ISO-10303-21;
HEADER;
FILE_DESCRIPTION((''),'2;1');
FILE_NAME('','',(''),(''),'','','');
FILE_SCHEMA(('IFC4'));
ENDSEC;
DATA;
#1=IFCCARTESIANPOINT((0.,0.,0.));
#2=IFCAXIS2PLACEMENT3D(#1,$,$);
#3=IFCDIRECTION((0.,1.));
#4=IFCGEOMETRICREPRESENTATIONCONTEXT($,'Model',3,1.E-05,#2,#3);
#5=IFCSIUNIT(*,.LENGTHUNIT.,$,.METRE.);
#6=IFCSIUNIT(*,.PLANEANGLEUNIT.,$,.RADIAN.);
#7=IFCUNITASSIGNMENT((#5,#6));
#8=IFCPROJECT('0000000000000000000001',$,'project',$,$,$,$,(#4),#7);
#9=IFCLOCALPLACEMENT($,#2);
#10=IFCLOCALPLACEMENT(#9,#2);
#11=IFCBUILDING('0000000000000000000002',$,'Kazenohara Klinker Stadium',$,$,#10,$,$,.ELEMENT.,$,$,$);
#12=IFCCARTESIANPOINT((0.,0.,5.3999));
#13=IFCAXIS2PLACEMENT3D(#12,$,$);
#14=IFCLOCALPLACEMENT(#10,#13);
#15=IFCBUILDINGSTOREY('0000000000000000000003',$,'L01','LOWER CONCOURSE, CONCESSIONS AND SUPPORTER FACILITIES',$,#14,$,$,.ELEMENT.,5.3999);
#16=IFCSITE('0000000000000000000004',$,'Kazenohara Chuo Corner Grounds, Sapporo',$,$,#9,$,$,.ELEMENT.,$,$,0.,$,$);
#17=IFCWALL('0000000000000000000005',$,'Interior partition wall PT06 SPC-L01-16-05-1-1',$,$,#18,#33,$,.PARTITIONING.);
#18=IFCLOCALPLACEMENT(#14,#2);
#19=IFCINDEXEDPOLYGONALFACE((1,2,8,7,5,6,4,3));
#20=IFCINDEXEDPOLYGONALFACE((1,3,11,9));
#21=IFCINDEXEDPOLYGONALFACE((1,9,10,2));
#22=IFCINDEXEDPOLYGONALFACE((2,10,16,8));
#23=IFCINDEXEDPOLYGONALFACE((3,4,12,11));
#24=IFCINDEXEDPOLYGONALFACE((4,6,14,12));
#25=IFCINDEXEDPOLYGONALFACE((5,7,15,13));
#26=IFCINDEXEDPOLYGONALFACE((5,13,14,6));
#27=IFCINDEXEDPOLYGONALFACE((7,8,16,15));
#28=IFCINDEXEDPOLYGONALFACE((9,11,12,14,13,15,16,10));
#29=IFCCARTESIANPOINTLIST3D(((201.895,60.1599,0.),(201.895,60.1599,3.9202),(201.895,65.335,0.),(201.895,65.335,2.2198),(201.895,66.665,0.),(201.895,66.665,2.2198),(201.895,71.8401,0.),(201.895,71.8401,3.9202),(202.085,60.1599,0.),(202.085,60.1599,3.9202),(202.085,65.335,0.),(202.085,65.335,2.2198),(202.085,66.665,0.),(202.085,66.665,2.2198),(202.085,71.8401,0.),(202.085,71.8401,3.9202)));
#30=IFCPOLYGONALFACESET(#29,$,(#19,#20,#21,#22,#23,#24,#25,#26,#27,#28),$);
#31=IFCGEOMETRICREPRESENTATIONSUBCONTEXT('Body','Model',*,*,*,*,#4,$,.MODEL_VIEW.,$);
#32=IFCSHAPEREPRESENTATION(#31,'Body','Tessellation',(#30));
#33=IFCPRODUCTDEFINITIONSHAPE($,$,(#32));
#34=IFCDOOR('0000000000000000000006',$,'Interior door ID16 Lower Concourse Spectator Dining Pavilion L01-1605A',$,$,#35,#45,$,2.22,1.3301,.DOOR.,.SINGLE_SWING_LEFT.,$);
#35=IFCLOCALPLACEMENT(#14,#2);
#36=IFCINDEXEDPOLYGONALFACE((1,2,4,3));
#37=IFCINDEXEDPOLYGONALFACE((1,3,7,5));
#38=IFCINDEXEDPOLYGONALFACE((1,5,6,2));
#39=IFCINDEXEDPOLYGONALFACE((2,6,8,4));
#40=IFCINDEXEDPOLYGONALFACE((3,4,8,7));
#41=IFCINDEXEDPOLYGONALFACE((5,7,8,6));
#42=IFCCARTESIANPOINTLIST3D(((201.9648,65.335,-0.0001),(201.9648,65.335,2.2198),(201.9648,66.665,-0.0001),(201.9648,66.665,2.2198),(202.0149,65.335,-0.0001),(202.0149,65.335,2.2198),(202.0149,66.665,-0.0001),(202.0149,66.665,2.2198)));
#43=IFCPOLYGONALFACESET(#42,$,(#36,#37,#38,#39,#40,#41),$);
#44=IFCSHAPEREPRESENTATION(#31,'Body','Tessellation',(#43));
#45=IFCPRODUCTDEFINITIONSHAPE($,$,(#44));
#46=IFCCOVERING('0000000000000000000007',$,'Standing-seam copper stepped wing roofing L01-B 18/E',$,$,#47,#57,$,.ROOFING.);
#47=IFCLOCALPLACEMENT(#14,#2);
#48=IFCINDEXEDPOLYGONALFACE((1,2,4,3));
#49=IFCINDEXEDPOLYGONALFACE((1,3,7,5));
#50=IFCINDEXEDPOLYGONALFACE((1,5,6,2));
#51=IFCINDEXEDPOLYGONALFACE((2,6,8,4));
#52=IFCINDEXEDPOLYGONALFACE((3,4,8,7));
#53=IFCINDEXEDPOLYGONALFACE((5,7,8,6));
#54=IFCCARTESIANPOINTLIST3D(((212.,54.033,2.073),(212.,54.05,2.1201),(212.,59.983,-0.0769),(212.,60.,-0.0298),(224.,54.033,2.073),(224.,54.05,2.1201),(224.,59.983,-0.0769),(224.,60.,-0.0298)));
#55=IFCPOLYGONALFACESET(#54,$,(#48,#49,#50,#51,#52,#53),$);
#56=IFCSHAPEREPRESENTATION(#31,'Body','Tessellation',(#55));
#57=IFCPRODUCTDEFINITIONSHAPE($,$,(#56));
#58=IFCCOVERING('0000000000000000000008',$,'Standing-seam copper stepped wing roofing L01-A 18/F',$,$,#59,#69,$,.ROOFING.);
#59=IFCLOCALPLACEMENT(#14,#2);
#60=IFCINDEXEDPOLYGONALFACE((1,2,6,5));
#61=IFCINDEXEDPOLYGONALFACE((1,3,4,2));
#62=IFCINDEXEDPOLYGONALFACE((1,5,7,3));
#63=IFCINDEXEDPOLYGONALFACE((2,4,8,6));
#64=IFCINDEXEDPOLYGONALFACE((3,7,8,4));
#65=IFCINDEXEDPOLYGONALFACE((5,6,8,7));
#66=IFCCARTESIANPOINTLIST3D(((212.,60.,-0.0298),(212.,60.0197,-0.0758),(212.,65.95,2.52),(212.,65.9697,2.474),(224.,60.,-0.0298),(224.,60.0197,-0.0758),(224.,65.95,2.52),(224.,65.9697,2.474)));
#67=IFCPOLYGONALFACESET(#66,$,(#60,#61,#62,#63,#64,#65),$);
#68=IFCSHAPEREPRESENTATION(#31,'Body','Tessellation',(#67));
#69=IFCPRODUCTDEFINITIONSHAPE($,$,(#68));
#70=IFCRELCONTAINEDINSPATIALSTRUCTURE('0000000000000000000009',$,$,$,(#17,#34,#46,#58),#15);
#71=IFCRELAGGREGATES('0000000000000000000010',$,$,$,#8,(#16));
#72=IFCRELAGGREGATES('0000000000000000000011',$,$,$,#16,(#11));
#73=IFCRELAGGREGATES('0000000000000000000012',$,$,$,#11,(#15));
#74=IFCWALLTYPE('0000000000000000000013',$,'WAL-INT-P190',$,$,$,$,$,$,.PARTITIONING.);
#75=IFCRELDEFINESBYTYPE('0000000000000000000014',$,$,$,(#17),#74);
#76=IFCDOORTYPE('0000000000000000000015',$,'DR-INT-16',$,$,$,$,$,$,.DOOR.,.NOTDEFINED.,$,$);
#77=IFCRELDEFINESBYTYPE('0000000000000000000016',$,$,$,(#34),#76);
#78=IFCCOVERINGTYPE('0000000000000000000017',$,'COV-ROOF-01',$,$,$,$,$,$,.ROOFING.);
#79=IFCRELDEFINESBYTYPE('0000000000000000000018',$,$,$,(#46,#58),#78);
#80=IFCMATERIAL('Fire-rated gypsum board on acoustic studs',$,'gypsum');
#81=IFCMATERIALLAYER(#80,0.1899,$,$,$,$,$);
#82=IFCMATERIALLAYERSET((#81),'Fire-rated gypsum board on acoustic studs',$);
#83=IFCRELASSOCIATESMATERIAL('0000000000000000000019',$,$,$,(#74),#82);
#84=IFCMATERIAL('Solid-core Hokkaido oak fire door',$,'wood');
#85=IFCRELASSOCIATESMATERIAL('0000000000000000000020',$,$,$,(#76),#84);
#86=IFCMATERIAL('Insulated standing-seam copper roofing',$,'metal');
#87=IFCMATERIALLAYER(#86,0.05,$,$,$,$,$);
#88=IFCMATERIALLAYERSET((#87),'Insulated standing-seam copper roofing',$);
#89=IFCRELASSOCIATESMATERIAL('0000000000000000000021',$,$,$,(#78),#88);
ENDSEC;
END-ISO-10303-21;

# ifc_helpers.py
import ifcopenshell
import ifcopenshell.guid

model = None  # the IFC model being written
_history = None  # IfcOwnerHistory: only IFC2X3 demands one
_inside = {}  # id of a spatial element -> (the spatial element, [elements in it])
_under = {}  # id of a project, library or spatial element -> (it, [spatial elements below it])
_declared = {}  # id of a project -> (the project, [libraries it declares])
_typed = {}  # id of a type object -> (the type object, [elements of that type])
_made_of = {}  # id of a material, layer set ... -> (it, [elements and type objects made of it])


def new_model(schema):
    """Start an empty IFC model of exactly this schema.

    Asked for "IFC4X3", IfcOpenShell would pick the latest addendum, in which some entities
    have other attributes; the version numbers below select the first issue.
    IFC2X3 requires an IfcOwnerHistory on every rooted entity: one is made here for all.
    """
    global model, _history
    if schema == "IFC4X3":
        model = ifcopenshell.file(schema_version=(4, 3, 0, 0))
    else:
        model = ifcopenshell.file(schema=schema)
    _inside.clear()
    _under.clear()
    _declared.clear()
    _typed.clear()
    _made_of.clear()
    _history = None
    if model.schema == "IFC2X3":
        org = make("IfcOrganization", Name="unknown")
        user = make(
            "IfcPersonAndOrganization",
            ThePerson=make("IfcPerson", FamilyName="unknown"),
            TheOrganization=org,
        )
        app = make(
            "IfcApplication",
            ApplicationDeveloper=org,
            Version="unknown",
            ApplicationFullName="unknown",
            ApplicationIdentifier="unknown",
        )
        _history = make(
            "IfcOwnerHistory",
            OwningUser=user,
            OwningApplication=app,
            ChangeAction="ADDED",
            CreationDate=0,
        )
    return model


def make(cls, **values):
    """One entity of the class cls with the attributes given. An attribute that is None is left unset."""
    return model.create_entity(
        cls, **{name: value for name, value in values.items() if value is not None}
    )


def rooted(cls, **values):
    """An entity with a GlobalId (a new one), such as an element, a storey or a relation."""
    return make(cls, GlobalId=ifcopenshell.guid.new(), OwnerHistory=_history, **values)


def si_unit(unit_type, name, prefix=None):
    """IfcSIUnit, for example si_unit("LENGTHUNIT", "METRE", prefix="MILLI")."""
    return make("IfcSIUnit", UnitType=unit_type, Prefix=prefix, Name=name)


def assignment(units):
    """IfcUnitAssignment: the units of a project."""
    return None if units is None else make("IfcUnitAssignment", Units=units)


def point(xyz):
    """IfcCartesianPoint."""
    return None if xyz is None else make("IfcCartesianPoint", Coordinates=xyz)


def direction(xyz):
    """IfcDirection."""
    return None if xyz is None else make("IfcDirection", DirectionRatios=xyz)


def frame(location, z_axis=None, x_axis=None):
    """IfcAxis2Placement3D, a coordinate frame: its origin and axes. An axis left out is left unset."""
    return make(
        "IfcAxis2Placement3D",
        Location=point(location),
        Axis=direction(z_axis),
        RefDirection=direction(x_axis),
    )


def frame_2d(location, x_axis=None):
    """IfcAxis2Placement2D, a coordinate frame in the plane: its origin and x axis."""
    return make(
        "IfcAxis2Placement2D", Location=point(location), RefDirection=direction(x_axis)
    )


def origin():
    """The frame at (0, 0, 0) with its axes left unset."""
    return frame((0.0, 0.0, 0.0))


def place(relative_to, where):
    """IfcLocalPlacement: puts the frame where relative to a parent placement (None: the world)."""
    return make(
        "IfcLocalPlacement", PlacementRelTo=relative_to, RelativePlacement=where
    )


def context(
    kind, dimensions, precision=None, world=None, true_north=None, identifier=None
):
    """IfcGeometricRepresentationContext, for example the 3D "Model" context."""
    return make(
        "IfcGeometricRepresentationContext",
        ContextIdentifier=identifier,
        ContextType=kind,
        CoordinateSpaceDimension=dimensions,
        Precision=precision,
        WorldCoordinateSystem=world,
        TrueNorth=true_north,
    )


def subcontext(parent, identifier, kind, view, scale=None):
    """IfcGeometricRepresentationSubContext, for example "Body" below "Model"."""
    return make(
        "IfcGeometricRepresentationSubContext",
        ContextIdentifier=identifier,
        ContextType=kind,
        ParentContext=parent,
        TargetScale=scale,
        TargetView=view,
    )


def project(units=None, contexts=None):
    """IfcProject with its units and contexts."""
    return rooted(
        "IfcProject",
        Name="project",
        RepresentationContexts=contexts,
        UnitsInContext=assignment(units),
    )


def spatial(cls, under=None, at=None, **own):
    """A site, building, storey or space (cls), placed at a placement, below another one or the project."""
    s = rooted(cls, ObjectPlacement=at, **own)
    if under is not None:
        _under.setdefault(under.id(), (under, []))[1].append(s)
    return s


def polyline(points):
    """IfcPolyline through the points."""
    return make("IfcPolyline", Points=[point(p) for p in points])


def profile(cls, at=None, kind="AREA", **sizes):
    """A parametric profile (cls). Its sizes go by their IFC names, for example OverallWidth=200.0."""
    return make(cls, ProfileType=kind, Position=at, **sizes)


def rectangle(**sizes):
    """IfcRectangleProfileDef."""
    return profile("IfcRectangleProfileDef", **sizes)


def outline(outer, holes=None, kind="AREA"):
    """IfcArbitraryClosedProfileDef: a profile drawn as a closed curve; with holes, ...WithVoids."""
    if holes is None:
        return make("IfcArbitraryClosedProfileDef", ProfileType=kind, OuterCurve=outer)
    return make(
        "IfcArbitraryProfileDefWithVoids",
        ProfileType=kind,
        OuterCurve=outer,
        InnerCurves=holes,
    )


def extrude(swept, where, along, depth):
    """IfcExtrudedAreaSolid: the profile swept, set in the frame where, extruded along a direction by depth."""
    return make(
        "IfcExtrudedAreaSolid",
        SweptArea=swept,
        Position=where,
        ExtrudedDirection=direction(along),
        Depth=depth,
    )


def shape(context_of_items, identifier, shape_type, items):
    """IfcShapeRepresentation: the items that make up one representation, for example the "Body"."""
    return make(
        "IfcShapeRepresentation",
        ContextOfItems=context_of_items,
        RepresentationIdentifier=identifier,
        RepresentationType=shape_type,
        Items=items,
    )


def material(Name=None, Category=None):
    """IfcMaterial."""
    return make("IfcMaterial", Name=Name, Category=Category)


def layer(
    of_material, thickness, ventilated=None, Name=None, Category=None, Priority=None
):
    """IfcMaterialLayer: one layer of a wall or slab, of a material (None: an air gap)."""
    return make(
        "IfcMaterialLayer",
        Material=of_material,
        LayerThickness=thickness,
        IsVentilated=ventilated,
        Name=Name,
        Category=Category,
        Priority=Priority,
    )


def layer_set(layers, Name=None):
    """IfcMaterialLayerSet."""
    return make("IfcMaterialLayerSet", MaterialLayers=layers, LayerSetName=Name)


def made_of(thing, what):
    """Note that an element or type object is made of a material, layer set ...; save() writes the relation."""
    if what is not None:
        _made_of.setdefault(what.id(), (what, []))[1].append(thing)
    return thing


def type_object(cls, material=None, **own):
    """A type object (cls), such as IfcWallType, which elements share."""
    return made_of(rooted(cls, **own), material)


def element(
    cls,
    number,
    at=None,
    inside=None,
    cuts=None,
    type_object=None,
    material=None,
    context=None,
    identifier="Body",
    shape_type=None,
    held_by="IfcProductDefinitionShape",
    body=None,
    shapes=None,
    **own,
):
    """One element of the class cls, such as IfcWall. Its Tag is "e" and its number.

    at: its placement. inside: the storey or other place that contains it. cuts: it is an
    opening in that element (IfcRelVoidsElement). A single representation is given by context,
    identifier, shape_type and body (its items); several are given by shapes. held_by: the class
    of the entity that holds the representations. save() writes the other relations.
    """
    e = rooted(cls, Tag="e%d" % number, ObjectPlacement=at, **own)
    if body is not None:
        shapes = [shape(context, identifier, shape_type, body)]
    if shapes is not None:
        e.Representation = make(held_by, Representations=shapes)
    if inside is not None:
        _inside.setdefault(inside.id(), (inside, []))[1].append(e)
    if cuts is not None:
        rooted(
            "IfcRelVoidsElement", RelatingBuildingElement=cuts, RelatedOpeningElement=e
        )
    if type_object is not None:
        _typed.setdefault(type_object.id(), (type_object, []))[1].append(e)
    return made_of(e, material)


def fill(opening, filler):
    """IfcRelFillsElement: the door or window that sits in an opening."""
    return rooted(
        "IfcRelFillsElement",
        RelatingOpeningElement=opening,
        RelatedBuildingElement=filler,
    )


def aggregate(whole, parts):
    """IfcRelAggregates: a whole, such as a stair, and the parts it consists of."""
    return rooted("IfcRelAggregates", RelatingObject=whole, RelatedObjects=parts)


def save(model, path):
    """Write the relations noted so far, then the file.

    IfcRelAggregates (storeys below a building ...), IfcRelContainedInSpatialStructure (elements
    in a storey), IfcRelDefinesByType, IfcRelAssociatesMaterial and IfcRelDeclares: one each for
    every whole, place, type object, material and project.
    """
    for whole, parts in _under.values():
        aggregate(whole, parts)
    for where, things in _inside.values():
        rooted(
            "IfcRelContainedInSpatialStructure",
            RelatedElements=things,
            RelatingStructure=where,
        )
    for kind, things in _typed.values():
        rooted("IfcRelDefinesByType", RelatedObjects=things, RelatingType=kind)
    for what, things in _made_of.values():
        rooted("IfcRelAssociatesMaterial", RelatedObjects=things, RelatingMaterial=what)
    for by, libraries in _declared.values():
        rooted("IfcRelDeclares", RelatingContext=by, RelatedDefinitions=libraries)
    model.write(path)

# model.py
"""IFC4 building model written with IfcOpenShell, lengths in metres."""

from ifc_helpers import new_model, si_unit, direction, frame, frame_2d, origin, place, context, subcontext, project, spatial, polyline, rectangle, outline, extrude, material, layer, layer_set, type_object, element, fill, save


model = new_model("IFC4")

# Units and contexts
model_context = context("Model", 3, precision=1e-05, world=origin(), true_north=direction((0.0, 1.0)))
body_context = subcontext(model_context, "Body", "Model", "MODEL_VIEW")
ifc_project = project(units=[si_unit("LENGTHUNIT", "METRE"), si_unit("PLANEANGLEUNIT", "RADIAN")], contexts=[model_context])

# Site, building, storey
site_placement = place(None, origin())
site = spatial("IfcSite", under=ifc_project, at=site_placement, Name="Kazenohara Chuo Corner Grounds, Sapporo", CompositionType="ELEMENT", RefElevation=0.0)
building_placement = place(site_placement, origin())
building = spatial("IfcBuilding", under=site, at=building_placement, Name="Kazenohara Klinker Stadium", CompositionType="ELEMENT")
storey_placement = place(building_placement, frame((0.0, 0.0, 5.3999)))
storey = spatial("IfcBuildingStorey", under=building, at=storey_placement, Name="L01", Description="LOWER CONCOURSE, CONCESSIONS AND SUPPORTER FACILITIES", CompositionType="ELEMENT", Elevation=5.3999)

# Shared definitions
ifc_material_1 = material(Name="Fire-rated gypsum board on acoustic studs", Category="gypsum")
ifc_layer_1 = layer(ifc_material_1, 0.1899)
ifc_layer_set_1 = layer_set([ifc_layer_1], Name="Fire-rated gypsum board on acoustic studs")
wall_type_1 = type_object("IfcWallType", Name="WAL-INT-P190", PredefinedType="PARTITIONING", material=ifc_layer_set_1)

# Wall, opening, door
wall_1_placement = place(storey_placement, frame((201.99, 60.1599, 0.0), z_axis=(0.0, 0.0, 1.0), x_axis=(0.0, 1.0, 0.0)))
wall_1 = element("IfcWall", 1, at=wall_1_placement, inside=storey, type_object=wall_type_1, Name="Interior partition wall PT06 SPC-L01-16-05-1-1", PredefinedType="PARTITIONING", context=body_context, shape_type="SweptSolid", body=[
    extrude(rectangle(XDim=11.6802, YDim=0.1899, at=frame_2d((5.8401, 0.0))), origin(), (0.0, 0.0, 1.0), 3.9202),
])
opening_placement = place(wall_1_placement, frame((6.5051, 0.0, 0.0), z_axis=(0.0, 0.0, 1.0), x_axis=(-1.0, 0.0, 0.0)))
opening = element("IfcOpeningElement", 2, at=opening_placement, cuts=wall_1, PredefinedType="OPENING", context=body_context, shape_type="SweptSolid", body=[
    extrude(rectangle(XDim=1.3301, YDim=2.22, at=frame_2d((0.665, 1.1099))), frame((0.0, 0.105, 0.0), z_axis=(0.0, -1.0, 0.0), x_axis=(1.0, 0.0, 0.0)), (0.0, 0.0, 1.0), 0.21),
])
ifc_material_2 = material(Name="Solid-core Hokkaido oak fire door", Category="wood")
door_type = type_object("IfcDoorType", Name="DR-INT-16", OperationType="NOTDEFINED", PredefinedType="DOOR", material=ifc_material_2)
door_placement = place(opening_placement, origin())
door = element("IfcDoor", 3, at=door_placement, inside=storey, type_object=door_type, Name="Interior door ID16 Lower Concourse Spectator Dining Pavilion L01-1605A", OperationType="SINGLE_SWING_LEFT", OverallHeight=2.22, OverallWidth=1.3301, PredefinedType="DOOR", context=body_context, shape_type="SweptSolid", body=[
    extrude(rectangle(XDim=1.3301, YDim=2.22, at=frame_2d((0.665, 1.1099))), frame((0.0, 0.0249, 0.0), z_axis=(0.0, -1.0, 0.0), x_axis=(1.0, 0.0, 0.0)), (0.0, 0.0, 1.0), 0.05),
])
fill(opening, door)

# Coverings
ifc_material_3 = material(Name="Insulated standing-seam copper roofing", Category="metal")
ifc_layer_2 = layer(ifc_material_3, 0.05)
ifc_layer_set_2 = layer_set([ifc_layer_2], Name="Insulated standing-seam copper roofing")
covering_type = type_object("IfcCoveringType", Name="COV-ROOF-01", PredefinedType="ROOFING", material=ifc_layer_set_2)
covering_1_placement = place(storey_placement, frame((212.0, 54.05, 2.1201), z_axis=(0.0, 0.339827, 0.940488), x_axis=(1.0, 0.0, 0.0)))
element("IfcCovering", 4, at=covering_1_placement, inside=storey, type_object=covering_type, Name="Standing-seam copper stepped wing roofing L01-B 18/E", PredefinedType="ROOFING", context=body_context, shape_type="SweptSolid", body=[
    extrude(outline(polyline([(0.0, 0.0), (12.0, 0.0), (12.0, 6.3265), (0.0, 6.3265), (0.0, 0.0)])), origin(), (0.0, 0.0, -1.0), 0.05),
])
covering_2_placement = place(storey_placement, frame((212.0, 60.0, -0.0298), z_axis=(0.0, -0.393897, 0.919155), x_axis=(1.0, 0.0, 0.0)))
element("IfcCovering", 5, at=covering_2_placement, inside=storey, type_object=covering_type, Name="Standing-seam copper stepped wing roofing L01-A 18/F", PredefinedType="ROOFING", context=body_context, shape_type="SweptSolid", body=[
    extrude(outline(polyline([(0.0, 0.0), (12.0, 0.0), (12.0, 6.4733), (0.0, 6.4733), (0.0, 0.0)])), origin(), (0.0, 0.0, -1.0), 0.05),
])

save(model, "model.ifc")
